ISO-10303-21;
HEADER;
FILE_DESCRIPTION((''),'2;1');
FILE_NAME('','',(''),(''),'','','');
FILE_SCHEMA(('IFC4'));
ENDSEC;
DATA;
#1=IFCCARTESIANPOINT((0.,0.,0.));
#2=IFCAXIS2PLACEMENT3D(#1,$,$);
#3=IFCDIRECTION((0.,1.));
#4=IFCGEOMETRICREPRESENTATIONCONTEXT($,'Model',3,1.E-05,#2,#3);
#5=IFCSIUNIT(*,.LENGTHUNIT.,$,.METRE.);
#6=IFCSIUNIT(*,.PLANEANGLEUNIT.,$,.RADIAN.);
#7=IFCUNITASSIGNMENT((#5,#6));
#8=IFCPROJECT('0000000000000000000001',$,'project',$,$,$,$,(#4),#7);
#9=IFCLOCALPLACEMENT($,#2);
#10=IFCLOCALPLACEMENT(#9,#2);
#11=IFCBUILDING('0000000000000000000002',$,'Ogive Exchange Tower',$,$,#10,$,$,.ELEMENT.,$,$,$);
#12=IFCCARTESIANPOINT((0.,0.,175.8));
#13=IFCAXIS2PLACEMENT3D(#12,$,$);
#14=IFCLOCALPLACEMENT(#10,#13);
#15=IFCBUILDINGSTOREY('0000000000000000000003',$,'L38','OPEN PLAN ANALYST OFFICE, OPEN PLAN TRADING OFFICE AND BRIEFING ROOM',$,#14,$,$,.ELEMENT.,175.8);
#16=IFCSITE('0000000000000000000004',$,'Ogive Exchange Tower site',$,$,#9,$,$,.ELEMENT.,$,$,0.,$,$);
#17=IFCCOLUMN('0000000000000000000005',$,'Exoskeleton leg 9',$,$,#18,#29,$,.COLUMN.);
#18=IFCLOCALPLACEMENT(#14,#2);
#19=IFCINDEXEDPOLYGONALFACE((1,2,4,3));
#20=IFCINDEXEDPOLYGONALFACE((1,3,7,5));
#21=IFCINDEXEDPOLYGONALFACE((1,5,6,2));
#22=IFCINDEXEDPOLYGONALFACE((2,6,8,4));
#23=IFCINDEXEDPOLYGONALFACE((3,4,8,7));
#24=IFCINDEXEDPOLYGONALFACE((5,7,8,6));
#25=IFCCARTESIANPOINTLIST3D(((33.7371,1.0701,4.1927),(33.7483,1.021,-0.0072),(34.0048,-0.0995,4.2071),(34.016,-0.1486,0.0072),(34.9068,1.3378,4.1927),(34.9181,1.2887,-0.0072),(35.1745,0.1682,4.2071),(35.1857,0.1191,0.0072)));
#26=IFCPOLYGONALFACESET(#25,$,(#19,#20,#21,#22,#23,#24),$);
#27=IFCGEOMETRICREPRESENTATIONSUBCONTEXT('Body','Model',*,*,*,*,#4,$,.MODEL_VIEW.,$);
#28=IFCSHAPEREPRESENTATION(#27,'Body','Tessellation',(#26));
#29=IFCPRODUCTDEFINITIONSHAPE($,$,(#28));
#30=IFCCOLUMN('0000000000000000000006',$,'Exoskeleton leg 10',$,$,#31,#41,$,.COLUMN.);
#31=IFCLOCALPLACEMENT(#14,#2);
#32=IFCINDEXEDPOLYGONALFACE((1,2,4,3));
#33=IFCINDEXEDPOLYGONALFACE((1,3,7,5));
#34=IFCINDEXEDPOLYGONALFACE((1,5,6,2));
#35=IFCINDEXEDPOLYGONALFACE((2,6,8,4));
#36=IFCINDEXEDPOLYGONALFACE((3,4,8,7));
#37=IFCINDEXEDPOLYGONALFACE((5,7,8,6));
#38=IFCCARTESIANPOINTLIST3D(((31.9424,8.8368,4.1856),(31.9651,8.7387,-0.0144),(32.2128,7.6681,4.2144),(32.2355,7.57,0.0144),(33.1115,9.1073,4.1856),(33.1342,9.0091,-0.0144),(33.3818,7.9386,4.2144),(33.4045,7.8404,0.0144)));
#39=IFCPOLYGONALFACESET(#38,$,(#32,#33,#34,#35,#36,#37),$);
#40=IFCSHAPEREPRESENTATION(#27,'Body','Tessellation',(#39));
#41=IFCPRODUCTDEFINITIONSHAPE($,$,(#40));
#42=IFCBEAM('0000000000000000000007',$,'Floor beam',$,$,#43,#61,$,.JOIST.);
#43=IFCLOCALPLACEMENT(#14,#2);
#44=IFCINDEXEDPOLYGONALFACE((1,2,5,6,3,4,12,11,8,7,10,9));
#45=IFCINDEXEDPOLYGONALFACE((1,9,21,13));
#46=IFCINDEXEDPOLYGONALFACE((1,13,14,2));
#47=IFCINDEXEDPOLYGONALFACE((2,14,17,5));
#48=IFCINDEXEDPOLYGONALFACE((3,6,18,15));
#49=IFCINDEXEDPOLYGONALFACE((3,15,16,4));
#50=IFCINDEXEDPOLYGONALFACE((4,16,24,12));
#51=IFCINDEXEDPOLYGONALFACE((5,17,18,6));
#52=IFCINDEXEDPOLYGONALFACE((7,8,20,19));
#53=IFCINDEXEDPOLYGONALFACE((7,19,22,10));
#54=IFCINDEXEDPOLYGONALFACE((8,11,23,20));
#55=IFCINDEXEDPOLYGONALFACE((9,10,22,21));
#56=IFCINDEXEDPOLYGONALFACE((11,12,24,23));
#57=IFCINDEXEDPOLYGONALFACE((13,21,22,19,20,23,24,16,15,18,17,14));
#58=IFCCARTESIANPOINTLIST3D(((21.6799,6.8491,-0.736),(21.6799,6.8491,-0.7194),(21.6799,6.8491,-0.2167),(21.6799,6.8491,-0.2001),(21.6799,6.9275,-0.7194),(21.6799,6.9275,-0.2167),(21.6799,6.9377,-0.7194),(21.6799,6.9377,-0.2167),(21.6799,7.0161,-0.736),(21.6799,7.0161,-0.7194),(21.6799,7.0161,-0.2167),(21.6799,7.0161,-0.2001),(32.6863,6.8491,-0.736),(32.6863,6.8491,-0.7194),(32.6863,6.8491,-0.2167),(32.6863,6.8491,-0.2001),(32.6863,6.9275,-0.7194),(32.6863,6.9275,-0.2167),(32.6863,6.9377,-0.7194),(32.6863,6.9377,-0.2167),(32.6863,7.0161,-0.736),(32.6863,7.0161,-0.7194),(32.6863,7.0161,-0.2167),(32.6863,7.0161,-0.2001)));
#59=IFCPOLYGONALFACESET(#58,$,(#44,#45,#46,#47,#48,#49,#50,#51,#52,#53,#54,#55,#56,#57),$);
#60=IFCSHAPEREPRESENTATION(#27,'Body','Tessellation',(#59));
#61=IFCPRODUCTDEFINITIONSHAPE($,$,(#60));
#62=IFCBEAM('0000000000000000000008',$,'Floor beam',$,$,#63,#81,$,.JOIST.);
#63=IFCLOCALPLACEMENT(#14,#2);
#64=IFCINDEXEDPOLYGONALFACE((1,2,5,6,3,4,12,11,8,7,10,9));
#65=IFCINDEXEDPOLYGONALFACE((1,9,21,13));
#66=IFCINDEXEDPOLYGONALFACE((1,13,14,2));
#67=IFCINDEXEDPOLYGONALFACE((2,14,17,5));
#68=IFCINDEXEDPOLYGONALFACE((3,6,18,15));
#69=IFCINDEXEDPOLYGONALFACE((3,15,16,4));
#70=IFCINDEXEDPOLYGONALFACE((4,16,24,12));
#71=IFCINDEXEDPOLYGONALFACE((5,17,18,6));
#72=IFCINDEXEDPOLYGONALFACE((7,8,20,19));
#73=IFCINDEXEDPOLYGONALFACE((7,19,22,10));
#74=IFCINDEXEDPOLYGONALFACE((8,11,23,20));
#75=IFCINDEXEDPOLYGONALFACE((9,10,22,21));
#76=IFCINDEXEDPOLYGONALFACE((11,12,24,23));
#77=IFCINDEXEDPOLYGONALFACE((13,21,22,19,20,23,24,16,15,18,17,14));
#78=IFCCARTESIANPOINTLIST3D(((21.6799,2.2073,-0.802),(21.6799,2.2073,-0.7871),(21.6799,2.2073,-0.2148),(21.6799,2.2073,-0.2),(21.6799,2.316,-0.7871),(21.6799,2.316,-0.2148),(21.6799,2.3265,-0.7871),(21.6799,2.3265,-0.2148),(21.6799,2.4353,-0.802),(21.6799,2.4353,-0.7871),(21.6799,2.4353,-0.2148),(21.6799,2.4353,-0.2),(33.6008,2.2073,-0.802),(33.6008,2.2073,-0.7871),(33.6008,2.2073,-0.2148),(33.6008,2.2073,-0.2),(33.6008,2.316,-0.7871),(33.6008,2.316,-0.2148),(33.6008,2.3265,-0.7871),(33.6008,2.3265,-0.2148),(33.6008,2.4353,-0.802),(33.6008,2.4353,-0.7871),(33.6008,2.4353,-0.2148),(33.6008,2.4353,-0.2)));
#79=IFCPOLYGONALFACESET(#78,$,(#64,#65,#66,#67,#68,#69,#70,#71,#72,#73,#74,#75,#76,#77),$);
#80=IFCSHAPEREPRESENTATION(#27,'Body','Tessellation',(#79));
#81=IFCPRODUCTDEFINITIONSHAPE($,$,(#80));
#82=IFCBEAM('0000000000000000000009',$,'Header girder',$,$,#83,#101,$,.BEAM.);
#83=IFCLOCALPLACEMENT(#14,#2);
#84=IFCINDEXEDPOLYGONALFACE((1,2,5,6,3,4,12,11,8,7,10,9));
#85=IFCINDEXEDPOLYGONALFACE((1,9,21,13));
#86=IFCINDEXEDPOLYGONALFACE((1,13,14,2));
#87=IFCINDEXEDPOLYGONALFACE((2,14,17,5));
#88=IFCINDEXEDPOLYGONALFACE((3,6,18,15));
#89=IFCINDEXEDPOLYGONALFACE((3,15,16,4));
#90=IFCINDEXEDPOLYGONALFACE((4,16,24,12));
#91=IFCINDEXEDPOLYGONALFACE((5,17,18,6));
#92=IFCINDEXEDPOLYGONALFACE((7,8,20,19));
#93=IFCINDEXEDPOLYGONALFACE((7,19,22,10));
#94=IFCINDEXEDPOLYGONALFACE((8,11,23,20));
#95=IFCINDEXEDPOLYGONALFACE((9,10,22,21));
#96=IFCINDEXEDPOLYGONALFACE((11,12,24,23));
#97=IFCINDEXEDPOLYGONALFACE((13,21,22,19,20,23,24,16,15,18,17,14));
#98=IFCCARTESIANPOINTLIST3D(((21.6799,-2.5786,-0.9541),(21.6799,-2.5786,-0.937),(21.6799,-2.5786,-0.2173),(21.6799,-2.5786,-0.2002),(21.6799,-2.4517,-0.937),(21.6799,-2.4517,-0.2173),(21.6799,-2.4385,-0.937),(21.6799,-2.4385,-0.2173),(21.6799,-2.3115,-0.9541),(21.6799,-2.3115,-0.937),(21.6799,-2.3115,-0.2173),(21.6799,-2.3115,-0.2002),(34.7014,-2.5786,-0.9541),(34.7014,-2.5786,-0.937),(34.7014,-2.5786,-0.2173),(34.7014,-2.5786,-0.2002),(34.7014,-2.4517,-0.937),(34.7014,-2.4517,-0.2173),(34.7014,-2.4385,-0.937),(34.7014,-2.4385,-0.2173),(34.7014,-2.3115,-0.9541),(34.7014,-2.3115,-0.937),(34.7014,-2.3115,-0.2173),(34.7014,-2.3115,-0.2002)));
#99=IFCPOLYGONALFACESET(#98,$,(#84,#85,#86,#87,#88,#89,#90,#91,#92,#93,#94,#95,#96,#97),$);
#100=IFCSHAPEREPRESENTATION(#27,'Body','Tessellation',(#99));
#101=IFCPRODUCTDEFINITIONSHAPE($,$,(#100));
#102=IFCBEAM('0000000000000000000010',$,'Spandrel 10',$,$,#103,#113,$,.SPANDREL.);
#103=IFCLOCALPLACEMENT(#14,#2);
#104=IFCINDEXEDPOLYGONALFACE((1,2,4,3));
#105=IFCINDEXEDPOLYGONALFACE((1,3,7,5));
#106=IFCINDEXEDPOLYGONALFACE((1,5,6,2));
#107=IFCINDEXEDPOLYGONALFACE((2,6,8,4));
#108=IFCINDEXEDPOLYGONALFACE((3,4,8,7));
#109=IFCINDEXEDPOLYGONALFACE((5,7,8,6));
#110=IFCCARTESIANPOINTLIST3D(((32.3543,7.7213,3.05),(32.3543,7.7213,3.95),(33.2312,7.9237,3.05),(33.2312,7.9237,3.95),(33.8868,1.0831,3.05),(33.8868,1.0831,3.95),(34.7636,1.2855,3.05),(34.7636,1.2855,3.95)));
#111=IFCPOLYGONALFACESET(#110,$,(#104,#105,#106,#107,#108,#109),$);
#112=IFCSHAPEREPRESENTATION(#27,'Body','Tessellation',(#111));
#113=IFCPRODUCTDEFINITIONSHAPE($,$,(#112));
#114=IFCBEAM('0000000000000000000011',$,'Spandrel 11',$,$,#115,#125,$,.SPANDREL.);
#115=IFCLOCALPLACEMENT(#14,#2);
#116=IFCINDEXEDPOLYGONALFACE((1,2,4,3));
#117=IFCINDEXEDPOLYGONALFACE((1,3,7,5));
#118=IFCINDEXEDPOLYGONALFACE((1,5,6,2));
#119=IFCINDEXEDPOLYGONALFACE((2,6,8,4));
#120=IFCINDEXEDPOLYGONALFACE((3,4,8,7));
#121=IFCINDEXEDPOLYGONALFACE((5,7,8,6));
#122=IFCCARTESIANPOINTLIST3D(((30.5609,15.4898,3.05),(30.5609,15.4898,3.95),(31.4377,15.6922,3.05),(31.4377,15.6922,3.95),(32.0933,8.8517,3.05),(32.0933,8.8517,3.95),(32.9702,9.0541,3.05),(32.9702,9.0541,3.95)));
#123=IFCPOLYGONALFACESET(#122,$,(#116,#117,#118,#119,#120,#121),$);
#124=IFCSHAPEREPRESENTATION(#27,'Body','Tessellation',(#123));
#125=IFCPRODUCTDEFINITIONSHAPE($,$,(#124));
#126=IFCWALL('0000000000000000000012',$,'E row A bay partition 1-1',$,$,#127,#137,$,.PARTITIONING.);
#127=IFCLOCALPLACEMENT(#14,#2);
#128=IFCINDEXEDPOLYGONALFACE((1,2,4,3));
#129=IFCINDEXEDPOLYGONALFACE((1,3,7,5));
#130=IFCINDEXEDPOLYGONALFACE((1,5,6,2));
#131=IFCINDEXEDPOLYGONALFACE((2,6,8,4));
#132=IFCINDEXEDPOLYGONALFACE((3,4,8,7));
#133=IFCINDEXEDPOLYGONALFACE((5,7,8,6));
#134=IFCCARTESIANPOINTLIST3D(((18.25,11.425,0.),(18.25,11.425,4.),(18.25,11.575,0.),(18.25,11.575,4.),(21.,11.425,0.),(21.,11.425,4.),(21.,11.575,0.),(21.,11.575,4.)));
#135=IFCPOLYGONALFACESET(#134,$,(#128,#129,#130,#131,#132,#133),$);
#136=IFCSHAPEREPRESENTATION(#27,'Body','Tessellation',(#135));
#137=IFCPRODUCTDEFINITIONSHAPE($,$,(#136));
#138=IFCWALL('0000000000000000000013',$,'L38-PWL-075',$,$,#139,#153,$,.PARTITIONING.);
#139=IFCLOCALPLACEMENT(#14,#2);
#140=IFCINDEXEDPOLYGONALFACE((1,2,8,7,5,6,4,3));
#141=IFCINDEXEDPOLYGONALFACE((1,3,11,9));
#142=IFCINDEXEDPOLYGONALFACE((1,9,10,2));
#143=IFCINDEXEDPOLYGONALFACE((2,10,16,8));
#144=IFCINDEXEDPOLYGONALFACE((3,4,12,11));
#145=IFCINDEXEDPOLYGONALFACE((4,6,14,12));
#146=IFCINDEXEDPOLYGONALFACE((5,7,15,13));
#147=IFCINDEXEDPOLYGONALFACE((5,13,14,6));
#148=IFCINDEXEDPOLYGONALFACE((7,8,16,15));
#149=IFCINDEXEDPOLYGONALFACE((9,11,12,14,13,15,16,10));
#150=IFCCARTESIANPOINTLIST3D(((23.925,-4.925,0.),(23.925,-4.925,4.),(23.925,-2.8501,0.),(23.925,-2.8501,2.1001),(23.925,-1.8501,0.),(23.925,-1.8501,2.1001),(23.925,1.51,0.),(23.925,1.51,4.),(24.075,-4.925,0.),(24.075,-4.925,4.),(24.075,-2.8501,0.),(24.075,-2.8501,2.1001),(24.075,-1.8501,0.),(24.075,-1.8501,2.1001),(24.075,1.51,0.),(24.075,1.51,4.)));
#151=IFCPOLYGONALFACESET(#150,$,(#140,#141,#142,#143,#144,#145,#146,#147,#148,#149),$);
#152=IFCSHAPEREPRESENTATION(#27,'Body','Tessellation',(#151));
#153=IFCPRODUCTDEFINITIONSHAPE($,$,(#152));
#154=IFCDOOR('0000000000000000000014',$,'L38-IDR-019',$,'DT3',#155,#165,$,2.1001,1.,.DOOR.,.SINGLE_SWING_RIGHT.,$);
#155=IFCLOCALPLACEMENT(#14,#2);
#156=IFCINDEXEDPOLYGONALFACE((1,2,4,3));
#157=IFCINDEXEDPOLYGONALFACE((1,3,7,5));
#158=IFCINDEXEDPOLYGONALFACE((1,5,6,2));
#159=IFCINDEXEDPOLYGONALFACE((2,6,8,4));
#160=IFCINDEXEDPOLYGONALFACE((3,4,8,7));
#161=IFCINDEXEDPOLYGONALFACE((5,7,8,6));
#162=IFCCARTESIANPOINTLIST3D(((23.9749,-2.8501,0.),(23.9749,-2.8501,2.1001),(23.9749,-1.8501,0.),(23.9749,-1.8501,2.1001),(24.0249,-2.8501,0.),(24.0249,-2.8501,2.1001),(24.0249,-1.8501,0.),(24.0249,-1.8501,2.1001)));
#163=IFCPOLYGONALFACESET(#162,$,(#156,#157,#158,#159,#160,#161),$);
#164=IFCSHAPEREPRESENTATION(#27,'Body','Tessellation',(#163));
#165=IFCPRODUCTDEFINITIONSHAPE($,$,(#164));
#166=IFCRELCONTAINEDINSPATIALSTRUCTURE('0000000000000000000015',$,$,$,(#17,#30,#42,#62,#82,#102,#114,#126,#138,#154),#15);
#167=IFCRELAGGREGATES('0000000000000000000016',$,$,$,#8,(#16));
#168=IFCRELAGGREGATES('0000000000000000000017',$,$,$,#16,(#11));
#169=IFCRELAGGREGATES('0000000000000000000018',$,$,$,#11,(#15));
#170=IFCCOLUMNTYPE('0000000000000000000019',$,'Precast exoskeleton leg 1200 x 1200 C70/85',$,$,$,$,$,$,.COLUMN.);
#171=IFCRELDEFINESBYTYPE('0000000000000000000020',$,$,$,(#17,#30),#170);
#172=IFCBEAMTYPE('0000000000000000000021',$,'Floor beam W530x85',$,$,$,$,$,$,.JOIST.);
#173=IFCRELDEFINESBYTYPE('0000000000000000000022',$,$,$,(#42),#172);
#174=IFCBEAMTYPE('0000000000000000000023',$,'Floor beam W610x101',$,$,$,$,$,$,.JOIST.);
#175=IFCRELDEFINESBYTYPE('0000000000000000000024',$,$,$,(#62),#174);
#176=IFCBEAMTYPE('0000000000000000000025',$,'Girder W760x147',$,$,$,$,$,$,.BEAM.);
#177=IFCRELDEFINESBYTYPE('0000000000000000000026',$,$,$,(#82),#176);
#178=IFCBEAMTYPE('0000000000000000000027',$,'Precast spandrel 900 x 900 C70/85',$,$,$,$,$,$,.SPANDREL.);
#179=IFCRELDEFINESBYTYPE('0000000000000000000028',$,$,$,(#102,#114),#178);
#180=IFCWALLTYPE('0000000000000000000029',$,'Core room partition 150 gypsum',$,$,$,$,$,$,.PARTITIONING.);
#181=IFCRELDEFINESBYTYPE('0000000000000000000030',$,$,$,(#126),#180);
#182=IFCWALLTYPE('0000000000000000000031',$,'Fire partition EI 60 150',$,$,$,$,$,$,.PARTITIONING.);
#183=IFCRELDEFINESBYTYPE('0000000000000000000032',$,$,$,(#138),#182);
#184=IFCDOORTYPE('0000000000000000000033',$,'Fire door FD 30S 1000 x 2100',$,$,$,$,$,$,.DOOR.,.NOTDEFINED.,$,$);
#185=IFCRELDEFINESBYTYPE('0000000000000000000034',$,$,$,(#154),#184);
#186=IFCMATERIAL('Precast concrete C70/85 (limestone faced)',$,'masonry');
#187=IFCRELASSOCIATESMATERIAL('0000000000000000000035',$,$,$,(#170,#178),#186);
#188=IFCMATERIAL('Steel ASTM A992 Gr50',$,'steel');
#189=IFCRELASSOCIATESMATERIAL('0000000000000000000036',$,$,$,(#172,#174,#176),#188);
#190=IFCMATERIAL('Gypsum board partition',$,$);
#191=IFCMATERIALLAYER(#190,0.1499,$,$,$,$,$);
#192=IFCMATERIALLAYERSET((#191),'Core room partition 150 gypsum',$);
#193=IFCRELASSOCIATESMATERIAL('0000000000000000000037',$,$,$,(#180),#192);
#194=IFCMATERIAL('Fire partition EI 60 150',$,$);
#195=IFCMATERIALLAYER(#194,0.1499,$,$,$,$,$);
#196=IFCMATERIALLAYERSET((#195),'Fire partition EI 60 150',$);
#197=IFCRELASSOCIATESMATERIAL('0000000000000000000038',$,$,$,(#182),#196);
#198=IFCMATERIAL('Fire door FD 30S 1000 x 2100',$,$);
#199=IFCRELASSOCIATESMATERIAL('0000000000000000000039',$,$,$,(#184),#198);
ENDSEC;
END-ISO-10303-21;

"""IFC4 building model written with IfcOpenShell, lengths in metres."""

from ifc_helpers import new_model, si_unit, direction, frame, frame_2d, origin, origin_2d, place, context, subcontext, project, spatial, rectangle, i_section, extrude, material, layer, layer_set, material_profile, profile_set, type_object, element, fill, save


model = new_model("IFC4")

# Units and contexts
model_context = context("Model", 3, precision=1e-05, world=origin(), true_north=direction((0.0, 1.0)))
body_context = subcontext(model_context, "Body", "Model", "MODEL_VIEW")
ifc_project = project(units=[si_unit("LENGTHUNIT", "METRE"), si_unit("PLANEANGLEUNIT", "RADIAN")], contexts=[model_context])

# Site, building, storey
site_placement = place(None, origin())
site = spatial("IfcSite", under=ifc_project, at=site_placement, Name="Ogive Exchange Tower site", CompositionType="ELEMENT", RefElevation=0.0)
building_placement = place(site_placement, origin())
building = spatial("IfcBuilding", under=site, at=building_placement, Name="Ogive Exchange Tower", CompositionType="ELEMENT")
storey_placement = place(building_placement, frame((0.0, 0.0, 175.8)))
storey = spatial("IfcBuildingStorey", under=building, at=storey_placement, Name="L38", Description="OPEN PLAN ANALYST OFFICE, OPEN PLAN TRADING OFFICE AND BRIEFING ROOM", CompositionType="ELEMENT", Elevation=175.8)

# Columns
ifc_material_1 = material(Name="Precast concrete C70/85 (limestone faced)", Category="masonry")
ifc_material_profile_1 = material_profile(ifc_material_1, rectangle(XDim=1.2, YDim=1.2, at=origin_2d()), Name="1200 x 1200")
ifc_profile_set_1 = profile_set([ifc_material_profile_1], Name="Precast concrete C70/85 (limestone faced)")
column_type = type_object("IfcColumnType", Name="Precast exoskeleton leg 1200 x 1200 C70/85", PredefinedType="COLUMN", material=ifc_profile_set_1)
column_1_placement = place(storey_placement, frame((34.467, 0.5701, 0.0), z_axis=(-0.002674, 0.011683, 0.999928), x_axis=(-0.974798, -0.223088, 0.0)))
element("IfcColumn", 1, at=column_1_placement, inside=storey, type_object=column_type, Name="Exoskeleton leg 9", PredefinedType="COLUMN", context=body_context, shape_type="SweptSolid", body=[
    extrude(rectangle(XDim=1.2, YDim=1.2, at=origin_2d()), origin(), (0.0, 0.0, 1.0), 4.2002),
])
column_2_placement = place(storey_placement, frame((32.6848, 8.2896, 0.0), z_axis=(-0.005404, 0.023361, 0.999712), x_axis=(-0.974269, -0.22539, 0.0)))
element("IfcColumn", 2, at=column_2_placement, inside=storey, type_object=column_type, Name="Exoskeleton leg 10", PredefinedType="COLUMN", context=body_context, shape_type="SweptSolid", body=[
    extrude(rectangle(XDim=1.2, YDim=1.2, at=origin_2d()), origin(), (0.0, 0.0, 1.0), 4.2012),
])

# Beams
ifc_material_2 = material(Name="Steel ASTM A992 Gr50", Category="steel")
ifc_material_profile_2 = material_profile(ifc_material_2, i_section(OverallWidth=0.167, OverallDepth=0.5359, WebThickness=0.0103, FlangeThickness=0.0166, at=origin_2d()), Name="W530x85")
ifc_profile_set_2 = profile_set([ifc_material_profile_2], Name="Steel ASTM A992 Gr50")
beam_type_1 = type_object("IfcBeamType", Name="Floor beam W530x85", PredefinedType="JOIST", material=ifc_profile_set_2)
beam_1_placement = place(storey_placement, frame((21.6799, 6.9326, -0.468), z_axis=(1.0, 0.0, 0.0), x_axis=(0.0, 1.0, 0.0)))
element("IfcBeam", 3, at=beam_1_placement, inside=storey, type_object=beam_type_1, Name="Floor beam", PredefinedType="JOIST", context=body_context, shape_type="SweptSolid", body=[
    extrude(i_section(OverallWidth=0.167, OverallDepth=0.5359, WebThickness=0.0103, FlangeThickness=0.0166, at=origin_2d()), origin(), (0.0, 0.0, 1.0), 11.0063),
])
ifc_material_profile_3 = material_profile(ifc_material_2, i_section(OverallWidth=0.228, OverallDepth=0.6021, WebThickness=0.0105, FlangeThickness=0.0149, at=origin_2d()), Name="W610x101")
ifc_profile_set_3 = profile_set([ifc_material_profile_3], Name="Steel ASTM A992 Gr50")
beam_type_2 = type_object("IfcBeamType", Name="Floor beam W610x101", PredefinedType="JOIST", material=ifc_profile_set_3)
beam_2_placement = place(storey_placement, frame((21.6799, 2.3213, -0.501), z_axis=(1.0, 0.0, 0.0), x_axis=(0.0, 1.0, 0.0)))
element("IfcBeam", 4, at=beam_2_placement, inside=storey, type_object=beam_type_2, Name="Floor beam", PredefinedType="JOIST", context=body_context, shape_type="SweptSolid", body=[
    extrude(i_section(OverallWidth=0.228, OverallDepth=0.6021, WebThickness=0.0105, FlangeThickness=0.0149, at=origin_2d()), origin(), (0.0, 0.0, 1.0), 11.9209),
])
ifc_material_profile_4 = material_profile(ifc_material_2, i_section(OverallWidth=0.2671, OverallDepth=0.7539, WebThickness=0.0132, FlangeThickness=0.0171, at=origin_2d()), Name="W760x147")
ifc_profile_set_4 = profile_set([ifc_material_profile_4], Name="Steel ASTM A992 Gr50")
beam_type_3 = type_object("IfcBeamType", Name="Girder W760x147", PredefinedType="BEAM", material=ifc_profile_set_4)
beam_3_placement = place(storey_placement, frame((21.6799, -2.4451, -0.5771), z_axis=(1.0, 0.0, 0.0), x_axis=(0.0, 1.0, 0.0)))
element("IfcBeam", 5, at=beam_3_placement, inside=storey, type_object=beam_type_3, Name="Header girder", PredefinedType="BEAM", context=body_context, shape_type="SweptSolid", body=[
    extrude(i_section(OverallWidth=0.2671, OverallDepth=0.7539, WebThickness=0.0132, FlangeThickness=0.0171, at=origin_2d()), origin(), (0.0, 0.0, 1.0), 13.0215),
])
ifc_material_profile_5 = material_profile(ifc_material_1, rectangle(XDim=0.8999, YDim=0.8999, at=origin_2d()), Name="900 x 900")
ifc_profile_set_5 = profile_set([ifc_material_profile_5], Name="Precast concrete C70/85 (limestone faced)")
beam_type_4 = type_object("IfcBeamType", Name="Precast spandrel 900 x 900 C70/85", PredefinedType="SPANDREL", material=ifc_profile_set_5)
for number, where, z_axis, x_axis, name in (
    (6, (34.3252, 1.1843, 3.5), (-0.224941, 0.974372, 0.0), (-0.974372, -0.224941, 0.0), "Spandrel 10"),
    (7, (32.5317, 8.9529, 3.5), (-0.224941, 0.974372, 0.0), (-0.974372, -0.224941, 0.0), "Spandrel 11"),
):
    element("IfcBeam", number, at=place(storey_placement, frame(where, z_axis=z_axis, x_axis=x_axis)), inside=storey, type_object=beam_type_4, Name=name, PredefinedType="SPANDREL", context=body_context, shape_type="SweptSolid", body=[
        extrude(rectangle(XDim=0.8999, YDim=0.8999, at=origin_2d()), origin(), (0.0, 0.0, 1.0), 6.8127),
    ])

# Wall
ifc_material_3 = material(Name="Gypsum board partition")
ifc_layer_1 = layer(ifc_material_3, 0.1499)
ifc_layer_set_1 = layer_set([ifc_layer_1], Name="Core room partition 150 gypsum")
wall_type_1 = type_object("IfcWallType", Name="Core room partition 150 gypsum", PredefinedType="PARTITIONING", material=ifc_layer_set_1)
wall_1_placement = place(storey_placement, frame((18.25, 11.5, 0.0), z_axis=(0.0, 0.0, 1.0), x_axis=(1.0, 0.0, 0.0)))
element("IfcWall", 8, at=wall_1_placement, inside=storey, type_object=wall_type_1, Name="E row A bay partition 1-1", PredefinedType="PARTITIONING", context=body_context, shape_type="SweptSolid", body=[
    extrude(rectangle(XDim=2.75, YDim=0.1499, at=frame_2d((1.375, 0.0))), origin(), (0.0, 0.0, 1.0), 4.0),
])

# Wall, opening, door
ifc_material_4 = material(Name="Fire partition EI 60 150")
ifc_layer_2 = layer(ifc_material_4, 0.1499)
ifc_layer_set_2 = layer_set([ifc_layer_2], Name="Fire partition EI 60 150")
wall_type_2 = type_object("IfcWallType", Name="Fire partition EI 60 150", PredefinedType="PARTITIONING", material=ifc_layer_set_2)
wall_2_placement = place(storey_placement, frame((24.0, 1.51, 0.0), z_axis=(0.0, 0.0, 1.0), x_axis=(0.0, -1.0, 0.0)))
wall_2 = element("IfcWall", 9, at=wall_2_placement, inside=storey, type_object=wall_type_2, Name="L38-PWL-075", PredefinedType="PARTITIONING", context=body_context, shape_type="SweptSolid", body=[
    extrude(rectangle(XDim=6.4351, YDim=0.1499, at=frame_2d((3.2175, 0.0))), origin(), (0.0, 0.0, 1.0), 4.0),
])
opening_1_placement = place(wall_2_placement, frame((3.3601, 0.0, 0.0)))
opening_1 = element("IfcOpeningElement", 10, at=opening_1_placement, cuts=wall_2, PredefinedType="OPENING", context=body_context, shape_type="SweptSolid", body=[
    extrude(rectangle(XDim=1.0, YDim=2.1001, at=frame_2d((0.5, 1.05))), frame((0.0, 0.085, 0.0), z_axis=(0.0, -1.0, 0.0), x_axis=(1.0, 0.0, 0.0)), (0.0, 0.0, 1.0), 0.1699),
])
ifc_material_5 = material(Name="Fire door FD 30S 1000 x 2100")
door_type_1 = type_object("IfcDoorType", Name="Fire door FD 30S 1000 x 2100", OperationType="NOTDEFINED", PredefinedType="DOOR", material=ifc_material_5)
door_1_placement = place(opening_1_placement, origin())
door_1 = element("IfcDoor", 11, at=door_1_placement, inside=storey, type_object=door_type_1, Name="L38-IDR-019", ObjectType="DT3", OperationType="SINGLE_SWING_RIGHT", OverallHeight=2.1001, OverallWidth=1.0, PredefinedType="DOOR", context=body_context, shape_type="SweptSolid", body=[
    extrude(rectangle(XDim=1.0, YDim=2.1001, at=frame_2d((0.5, 1.05))), frame((0.0, 0.0249, 0.0), z_axis=(0.0, -1.0, 0.0), x_axis=(1.0, 0.0, 0.0)), (0.0, 0.0, 1.0), 0.05),
])
fill(opening_1, door_1)

save(model, "model.ifc")
